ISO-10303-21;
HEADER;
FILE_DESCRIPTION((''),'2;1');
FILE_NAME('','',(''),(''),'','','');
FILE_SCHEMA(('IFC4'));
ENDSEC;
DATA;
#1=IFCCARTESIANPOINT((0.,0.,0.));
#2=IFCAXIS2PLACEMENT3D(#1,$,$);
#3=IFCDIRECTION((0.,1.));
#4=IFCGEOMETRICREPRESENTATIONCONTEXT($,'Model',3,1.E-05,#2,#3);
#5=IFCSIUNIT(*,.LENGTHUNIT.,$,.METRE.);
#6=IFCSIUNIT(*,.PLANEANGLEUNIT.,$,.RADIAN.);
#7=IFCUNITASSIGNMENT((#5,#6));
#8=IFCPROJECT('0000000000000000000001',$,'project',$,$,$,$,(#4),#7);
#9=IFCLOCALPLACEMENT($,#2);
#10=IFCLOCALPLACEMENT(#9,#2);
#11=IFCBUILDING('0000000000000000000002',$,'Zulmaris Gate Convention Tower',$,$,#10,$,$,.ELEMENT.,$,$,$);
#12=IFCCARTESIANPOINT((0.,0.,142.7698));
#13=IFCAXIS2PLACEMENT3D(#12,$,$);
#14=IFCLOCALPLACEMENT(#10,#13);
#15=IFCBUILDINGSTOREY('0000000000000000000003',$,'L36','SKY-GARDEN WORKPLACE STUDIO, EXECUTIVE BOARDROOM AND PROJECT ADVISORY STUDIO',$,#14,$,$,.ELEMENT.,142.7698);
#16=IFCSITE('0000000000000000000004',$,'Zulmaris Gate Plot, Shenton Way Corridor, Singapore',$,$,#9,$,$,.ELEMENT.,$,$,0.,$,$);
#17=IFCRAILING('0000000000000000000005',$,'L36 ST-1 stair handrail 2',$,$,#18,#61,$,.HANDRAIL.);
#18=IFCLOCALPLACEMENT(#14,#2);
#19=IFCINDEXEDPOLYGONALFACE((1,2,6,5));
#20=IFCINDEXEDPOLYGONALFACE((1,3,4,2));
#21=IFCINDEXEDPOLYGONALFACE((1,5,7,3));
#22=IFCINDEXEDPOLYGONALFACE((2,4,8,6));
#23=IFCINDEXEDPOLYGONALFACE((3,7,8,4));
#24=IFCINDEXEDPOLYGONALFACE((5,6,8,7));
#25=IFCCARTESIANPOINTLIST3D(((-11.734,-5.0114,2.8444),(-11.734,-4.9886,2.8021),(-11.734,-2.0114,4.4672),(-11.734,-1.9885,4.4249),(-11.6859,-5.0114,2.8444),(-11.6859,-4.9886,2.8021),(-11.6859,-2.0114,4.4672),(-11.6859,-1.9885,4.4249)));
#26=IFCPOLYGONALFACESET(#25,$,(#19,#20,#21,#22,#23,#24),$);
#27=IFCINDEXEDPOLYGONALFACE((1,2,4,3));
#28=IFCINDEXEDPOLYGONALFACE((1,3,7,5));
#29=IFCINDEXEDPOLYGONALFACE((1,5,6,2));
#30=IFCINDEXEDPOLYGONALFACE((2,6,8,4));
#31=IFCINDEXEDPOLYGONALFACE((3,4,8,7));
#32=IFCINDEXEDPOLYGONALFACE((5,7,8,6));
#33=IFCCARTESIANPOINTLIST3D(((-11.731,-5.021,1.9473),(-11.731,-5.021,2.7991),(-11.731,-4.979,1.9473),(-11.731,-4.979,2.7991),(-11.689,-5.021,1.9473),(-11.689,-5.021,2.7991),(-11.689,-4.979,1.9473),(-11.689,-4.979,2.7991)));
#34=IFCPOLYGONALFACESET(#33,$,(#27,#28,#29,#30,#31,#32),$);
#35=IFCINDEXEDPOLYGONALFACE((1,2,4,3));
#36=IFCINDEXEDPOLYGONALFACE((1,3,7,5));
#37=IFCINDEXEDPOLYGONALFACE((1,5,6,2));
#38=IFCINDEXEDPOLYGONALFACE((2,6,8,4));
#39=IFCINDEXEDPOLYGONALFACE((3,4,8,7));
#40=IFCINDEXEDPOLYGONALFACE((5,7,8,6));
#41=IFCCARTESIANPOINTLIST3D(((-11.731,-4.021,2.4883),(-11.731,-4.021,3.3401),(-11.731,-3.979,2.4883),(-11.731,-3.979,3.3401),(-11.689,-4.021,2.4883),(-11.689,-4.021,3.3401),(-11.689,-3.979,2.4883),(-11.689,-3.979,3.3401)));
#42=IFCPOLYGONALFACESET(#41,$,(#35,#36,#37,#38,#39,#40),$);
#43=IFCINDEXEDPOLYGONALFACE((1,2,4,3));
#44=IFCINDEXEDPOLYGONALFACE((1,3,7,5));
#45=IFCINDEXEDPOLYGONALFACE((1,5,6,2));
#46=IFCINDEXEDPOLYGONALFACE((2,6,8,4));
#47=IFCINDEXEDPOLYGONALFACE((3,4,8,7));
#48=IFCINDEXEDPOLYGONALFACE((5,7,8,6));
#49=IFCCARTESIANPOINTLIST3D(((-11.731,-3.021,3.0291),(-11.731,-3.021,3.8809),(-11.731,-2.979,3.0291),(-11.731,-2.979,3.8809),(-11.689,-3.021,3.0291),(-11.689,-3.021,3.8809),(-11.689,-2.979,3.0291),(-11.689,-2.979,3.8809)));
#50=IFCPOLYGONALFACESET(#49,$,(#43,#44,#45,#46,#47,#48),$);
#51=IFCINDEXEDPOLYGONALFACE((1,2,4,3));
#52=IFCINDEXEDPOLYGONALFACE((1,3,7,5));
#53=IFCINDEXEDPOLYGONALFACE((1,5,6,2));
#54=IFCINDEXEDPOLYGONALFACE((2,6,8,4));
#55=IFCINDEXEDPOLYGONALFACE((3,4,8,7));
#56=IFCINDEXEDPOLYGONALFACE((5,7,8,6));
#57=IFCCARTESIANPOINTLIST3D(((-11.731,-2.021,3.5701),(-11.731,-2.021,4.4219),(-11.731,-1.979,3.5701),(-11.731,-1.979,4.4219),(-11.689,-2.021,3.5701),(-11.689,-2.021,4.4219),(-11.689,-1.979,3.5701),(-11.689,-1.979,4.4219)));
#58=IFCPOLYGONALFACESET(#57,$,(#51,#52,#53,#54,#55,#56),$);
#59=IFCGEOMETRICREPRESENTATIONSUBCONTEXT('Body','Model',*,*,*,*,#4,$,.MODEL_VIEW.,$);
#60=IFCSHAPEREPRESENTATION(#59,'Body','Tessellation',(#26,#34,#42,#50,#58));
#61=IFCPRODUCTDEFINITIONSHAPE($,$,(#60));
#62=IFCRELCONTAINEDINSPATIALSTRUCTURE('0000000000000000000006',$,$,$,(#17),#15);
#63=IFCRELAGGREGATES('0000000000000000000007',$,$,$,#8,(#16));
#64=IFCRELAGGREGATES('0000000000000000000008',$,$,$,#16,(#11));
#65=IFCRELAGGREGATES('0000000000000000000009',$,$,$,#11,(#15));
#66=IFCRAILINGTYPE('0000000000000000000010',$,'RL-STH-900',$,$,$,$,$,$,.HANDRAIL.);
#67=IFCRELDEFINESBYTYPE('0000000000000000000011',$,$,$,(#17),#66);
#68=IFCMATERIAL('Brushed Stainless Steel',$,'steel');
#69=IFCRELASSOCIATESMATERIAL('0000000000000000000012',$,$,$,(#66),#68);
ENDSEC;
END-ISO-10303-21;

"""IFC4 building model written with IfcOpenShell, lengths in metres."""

from ifc_helpers import new_model, si_unit, direction, frame, origin, origin_2d, place, context, subcontext, project, spatial, rectangle, extrude, material, type_object, element, save


model = new_model("IFC4")

# Units and contexts
model_context = context("Model", 3, precision=1e-05, world=origin(), true_north=direction((0.0, 1.0)))
body_context = subcontext(model_context, "Body", "Model", "MODEL_VIEW")
ifc_project = project(units=[si_unit("LENGTHUNIT", "METRE"), si_unit("PLANEANGLEUNIT", "RADIAN")], contexts=[model_context])

# Site, building, storey
site_placement = place(None, origin())
site = spatial("IfcSite", under=ifc_project, at=site_placement, Name="Zulmaris Gate Plot, Shenton Way Corridor, Singapore", CompositionType="ELEMENT", RefElevation=0.0)
building_placement = place(site_placement, origin())
building = spatial("IfcBuilding", under=site, at=building_placement, Name="Zulmaris Gate Convention Tower", CompositionType="ELEMENT")
storey_placement = place(building_placement, frame((0.0, 0.0, 142.7698)))
storey = spatial("IfcBuildingStorey", under=building, at=storey_placement, Name="L36", Description="SKY-GARDEN WORKPLACE STUDIO, EXECUTIVE BOARDROOM AND PROJECT ADVISORY STUDIO", CompositionType="ELEMENT", Elevation=142.7698)

# Railing
ifc_material_1 = material(Name="Brushed Stainless Steel", Category="steel")
railing_type_1 = type_object("IfcRailingType", Name="RL-STH-900", PredefinedType="HANDRAIL", material=ifc_material_1)
railing_1_placement = place(storey_placement, frame((-11.71, -5.0, 1.9473)))
element("IfcRailing", 1, at=railing_1_placement, inside=storey, type_object=railing_type_1, Name="L36 ST-1 stair handrail 2", PredefinedType="HANDRAIL", context=body_context, shape_type="SweptSolid", body=[
    extrude(rectangle(XDim=0.0481, YDim=0.0481, at=origin_2d()), frame((0.0, 0.0, 0.876), z_axis=(0.0, 0.879562, 0.475785), x_axis=(-1.0, 0.0, 0.0)), (0.0, 0.0, 1.0), 3.4109),
    extrude(rectangle(XDim=0.042, YDim=0.042, at=origin_2d()), origin(), (0.0, 0.0, 1.0), 0.8518),
    extrude(rectangle(XDim=0.042, YDim=0.042, at=origin_2d()), frame((0.0, 1.0, 0.541)), (0.0, 0.0, 1.0), 0.8518),
    extrude(rectangle(XDim=0.042, YDim=0.042, at=origin_2d()), frame((0.0, 2.0, 1.0818)), (0.0, 0.0, 1.0), 0.8518),
    extrude(rectangle(XDim=0.042, YDim=0.042, at=origin_2d()), frame((0.0, 3.0, 1.6228)), (0.0, 0.0, 1.0), 0.8518),
])

save(model, "model.ifc")
